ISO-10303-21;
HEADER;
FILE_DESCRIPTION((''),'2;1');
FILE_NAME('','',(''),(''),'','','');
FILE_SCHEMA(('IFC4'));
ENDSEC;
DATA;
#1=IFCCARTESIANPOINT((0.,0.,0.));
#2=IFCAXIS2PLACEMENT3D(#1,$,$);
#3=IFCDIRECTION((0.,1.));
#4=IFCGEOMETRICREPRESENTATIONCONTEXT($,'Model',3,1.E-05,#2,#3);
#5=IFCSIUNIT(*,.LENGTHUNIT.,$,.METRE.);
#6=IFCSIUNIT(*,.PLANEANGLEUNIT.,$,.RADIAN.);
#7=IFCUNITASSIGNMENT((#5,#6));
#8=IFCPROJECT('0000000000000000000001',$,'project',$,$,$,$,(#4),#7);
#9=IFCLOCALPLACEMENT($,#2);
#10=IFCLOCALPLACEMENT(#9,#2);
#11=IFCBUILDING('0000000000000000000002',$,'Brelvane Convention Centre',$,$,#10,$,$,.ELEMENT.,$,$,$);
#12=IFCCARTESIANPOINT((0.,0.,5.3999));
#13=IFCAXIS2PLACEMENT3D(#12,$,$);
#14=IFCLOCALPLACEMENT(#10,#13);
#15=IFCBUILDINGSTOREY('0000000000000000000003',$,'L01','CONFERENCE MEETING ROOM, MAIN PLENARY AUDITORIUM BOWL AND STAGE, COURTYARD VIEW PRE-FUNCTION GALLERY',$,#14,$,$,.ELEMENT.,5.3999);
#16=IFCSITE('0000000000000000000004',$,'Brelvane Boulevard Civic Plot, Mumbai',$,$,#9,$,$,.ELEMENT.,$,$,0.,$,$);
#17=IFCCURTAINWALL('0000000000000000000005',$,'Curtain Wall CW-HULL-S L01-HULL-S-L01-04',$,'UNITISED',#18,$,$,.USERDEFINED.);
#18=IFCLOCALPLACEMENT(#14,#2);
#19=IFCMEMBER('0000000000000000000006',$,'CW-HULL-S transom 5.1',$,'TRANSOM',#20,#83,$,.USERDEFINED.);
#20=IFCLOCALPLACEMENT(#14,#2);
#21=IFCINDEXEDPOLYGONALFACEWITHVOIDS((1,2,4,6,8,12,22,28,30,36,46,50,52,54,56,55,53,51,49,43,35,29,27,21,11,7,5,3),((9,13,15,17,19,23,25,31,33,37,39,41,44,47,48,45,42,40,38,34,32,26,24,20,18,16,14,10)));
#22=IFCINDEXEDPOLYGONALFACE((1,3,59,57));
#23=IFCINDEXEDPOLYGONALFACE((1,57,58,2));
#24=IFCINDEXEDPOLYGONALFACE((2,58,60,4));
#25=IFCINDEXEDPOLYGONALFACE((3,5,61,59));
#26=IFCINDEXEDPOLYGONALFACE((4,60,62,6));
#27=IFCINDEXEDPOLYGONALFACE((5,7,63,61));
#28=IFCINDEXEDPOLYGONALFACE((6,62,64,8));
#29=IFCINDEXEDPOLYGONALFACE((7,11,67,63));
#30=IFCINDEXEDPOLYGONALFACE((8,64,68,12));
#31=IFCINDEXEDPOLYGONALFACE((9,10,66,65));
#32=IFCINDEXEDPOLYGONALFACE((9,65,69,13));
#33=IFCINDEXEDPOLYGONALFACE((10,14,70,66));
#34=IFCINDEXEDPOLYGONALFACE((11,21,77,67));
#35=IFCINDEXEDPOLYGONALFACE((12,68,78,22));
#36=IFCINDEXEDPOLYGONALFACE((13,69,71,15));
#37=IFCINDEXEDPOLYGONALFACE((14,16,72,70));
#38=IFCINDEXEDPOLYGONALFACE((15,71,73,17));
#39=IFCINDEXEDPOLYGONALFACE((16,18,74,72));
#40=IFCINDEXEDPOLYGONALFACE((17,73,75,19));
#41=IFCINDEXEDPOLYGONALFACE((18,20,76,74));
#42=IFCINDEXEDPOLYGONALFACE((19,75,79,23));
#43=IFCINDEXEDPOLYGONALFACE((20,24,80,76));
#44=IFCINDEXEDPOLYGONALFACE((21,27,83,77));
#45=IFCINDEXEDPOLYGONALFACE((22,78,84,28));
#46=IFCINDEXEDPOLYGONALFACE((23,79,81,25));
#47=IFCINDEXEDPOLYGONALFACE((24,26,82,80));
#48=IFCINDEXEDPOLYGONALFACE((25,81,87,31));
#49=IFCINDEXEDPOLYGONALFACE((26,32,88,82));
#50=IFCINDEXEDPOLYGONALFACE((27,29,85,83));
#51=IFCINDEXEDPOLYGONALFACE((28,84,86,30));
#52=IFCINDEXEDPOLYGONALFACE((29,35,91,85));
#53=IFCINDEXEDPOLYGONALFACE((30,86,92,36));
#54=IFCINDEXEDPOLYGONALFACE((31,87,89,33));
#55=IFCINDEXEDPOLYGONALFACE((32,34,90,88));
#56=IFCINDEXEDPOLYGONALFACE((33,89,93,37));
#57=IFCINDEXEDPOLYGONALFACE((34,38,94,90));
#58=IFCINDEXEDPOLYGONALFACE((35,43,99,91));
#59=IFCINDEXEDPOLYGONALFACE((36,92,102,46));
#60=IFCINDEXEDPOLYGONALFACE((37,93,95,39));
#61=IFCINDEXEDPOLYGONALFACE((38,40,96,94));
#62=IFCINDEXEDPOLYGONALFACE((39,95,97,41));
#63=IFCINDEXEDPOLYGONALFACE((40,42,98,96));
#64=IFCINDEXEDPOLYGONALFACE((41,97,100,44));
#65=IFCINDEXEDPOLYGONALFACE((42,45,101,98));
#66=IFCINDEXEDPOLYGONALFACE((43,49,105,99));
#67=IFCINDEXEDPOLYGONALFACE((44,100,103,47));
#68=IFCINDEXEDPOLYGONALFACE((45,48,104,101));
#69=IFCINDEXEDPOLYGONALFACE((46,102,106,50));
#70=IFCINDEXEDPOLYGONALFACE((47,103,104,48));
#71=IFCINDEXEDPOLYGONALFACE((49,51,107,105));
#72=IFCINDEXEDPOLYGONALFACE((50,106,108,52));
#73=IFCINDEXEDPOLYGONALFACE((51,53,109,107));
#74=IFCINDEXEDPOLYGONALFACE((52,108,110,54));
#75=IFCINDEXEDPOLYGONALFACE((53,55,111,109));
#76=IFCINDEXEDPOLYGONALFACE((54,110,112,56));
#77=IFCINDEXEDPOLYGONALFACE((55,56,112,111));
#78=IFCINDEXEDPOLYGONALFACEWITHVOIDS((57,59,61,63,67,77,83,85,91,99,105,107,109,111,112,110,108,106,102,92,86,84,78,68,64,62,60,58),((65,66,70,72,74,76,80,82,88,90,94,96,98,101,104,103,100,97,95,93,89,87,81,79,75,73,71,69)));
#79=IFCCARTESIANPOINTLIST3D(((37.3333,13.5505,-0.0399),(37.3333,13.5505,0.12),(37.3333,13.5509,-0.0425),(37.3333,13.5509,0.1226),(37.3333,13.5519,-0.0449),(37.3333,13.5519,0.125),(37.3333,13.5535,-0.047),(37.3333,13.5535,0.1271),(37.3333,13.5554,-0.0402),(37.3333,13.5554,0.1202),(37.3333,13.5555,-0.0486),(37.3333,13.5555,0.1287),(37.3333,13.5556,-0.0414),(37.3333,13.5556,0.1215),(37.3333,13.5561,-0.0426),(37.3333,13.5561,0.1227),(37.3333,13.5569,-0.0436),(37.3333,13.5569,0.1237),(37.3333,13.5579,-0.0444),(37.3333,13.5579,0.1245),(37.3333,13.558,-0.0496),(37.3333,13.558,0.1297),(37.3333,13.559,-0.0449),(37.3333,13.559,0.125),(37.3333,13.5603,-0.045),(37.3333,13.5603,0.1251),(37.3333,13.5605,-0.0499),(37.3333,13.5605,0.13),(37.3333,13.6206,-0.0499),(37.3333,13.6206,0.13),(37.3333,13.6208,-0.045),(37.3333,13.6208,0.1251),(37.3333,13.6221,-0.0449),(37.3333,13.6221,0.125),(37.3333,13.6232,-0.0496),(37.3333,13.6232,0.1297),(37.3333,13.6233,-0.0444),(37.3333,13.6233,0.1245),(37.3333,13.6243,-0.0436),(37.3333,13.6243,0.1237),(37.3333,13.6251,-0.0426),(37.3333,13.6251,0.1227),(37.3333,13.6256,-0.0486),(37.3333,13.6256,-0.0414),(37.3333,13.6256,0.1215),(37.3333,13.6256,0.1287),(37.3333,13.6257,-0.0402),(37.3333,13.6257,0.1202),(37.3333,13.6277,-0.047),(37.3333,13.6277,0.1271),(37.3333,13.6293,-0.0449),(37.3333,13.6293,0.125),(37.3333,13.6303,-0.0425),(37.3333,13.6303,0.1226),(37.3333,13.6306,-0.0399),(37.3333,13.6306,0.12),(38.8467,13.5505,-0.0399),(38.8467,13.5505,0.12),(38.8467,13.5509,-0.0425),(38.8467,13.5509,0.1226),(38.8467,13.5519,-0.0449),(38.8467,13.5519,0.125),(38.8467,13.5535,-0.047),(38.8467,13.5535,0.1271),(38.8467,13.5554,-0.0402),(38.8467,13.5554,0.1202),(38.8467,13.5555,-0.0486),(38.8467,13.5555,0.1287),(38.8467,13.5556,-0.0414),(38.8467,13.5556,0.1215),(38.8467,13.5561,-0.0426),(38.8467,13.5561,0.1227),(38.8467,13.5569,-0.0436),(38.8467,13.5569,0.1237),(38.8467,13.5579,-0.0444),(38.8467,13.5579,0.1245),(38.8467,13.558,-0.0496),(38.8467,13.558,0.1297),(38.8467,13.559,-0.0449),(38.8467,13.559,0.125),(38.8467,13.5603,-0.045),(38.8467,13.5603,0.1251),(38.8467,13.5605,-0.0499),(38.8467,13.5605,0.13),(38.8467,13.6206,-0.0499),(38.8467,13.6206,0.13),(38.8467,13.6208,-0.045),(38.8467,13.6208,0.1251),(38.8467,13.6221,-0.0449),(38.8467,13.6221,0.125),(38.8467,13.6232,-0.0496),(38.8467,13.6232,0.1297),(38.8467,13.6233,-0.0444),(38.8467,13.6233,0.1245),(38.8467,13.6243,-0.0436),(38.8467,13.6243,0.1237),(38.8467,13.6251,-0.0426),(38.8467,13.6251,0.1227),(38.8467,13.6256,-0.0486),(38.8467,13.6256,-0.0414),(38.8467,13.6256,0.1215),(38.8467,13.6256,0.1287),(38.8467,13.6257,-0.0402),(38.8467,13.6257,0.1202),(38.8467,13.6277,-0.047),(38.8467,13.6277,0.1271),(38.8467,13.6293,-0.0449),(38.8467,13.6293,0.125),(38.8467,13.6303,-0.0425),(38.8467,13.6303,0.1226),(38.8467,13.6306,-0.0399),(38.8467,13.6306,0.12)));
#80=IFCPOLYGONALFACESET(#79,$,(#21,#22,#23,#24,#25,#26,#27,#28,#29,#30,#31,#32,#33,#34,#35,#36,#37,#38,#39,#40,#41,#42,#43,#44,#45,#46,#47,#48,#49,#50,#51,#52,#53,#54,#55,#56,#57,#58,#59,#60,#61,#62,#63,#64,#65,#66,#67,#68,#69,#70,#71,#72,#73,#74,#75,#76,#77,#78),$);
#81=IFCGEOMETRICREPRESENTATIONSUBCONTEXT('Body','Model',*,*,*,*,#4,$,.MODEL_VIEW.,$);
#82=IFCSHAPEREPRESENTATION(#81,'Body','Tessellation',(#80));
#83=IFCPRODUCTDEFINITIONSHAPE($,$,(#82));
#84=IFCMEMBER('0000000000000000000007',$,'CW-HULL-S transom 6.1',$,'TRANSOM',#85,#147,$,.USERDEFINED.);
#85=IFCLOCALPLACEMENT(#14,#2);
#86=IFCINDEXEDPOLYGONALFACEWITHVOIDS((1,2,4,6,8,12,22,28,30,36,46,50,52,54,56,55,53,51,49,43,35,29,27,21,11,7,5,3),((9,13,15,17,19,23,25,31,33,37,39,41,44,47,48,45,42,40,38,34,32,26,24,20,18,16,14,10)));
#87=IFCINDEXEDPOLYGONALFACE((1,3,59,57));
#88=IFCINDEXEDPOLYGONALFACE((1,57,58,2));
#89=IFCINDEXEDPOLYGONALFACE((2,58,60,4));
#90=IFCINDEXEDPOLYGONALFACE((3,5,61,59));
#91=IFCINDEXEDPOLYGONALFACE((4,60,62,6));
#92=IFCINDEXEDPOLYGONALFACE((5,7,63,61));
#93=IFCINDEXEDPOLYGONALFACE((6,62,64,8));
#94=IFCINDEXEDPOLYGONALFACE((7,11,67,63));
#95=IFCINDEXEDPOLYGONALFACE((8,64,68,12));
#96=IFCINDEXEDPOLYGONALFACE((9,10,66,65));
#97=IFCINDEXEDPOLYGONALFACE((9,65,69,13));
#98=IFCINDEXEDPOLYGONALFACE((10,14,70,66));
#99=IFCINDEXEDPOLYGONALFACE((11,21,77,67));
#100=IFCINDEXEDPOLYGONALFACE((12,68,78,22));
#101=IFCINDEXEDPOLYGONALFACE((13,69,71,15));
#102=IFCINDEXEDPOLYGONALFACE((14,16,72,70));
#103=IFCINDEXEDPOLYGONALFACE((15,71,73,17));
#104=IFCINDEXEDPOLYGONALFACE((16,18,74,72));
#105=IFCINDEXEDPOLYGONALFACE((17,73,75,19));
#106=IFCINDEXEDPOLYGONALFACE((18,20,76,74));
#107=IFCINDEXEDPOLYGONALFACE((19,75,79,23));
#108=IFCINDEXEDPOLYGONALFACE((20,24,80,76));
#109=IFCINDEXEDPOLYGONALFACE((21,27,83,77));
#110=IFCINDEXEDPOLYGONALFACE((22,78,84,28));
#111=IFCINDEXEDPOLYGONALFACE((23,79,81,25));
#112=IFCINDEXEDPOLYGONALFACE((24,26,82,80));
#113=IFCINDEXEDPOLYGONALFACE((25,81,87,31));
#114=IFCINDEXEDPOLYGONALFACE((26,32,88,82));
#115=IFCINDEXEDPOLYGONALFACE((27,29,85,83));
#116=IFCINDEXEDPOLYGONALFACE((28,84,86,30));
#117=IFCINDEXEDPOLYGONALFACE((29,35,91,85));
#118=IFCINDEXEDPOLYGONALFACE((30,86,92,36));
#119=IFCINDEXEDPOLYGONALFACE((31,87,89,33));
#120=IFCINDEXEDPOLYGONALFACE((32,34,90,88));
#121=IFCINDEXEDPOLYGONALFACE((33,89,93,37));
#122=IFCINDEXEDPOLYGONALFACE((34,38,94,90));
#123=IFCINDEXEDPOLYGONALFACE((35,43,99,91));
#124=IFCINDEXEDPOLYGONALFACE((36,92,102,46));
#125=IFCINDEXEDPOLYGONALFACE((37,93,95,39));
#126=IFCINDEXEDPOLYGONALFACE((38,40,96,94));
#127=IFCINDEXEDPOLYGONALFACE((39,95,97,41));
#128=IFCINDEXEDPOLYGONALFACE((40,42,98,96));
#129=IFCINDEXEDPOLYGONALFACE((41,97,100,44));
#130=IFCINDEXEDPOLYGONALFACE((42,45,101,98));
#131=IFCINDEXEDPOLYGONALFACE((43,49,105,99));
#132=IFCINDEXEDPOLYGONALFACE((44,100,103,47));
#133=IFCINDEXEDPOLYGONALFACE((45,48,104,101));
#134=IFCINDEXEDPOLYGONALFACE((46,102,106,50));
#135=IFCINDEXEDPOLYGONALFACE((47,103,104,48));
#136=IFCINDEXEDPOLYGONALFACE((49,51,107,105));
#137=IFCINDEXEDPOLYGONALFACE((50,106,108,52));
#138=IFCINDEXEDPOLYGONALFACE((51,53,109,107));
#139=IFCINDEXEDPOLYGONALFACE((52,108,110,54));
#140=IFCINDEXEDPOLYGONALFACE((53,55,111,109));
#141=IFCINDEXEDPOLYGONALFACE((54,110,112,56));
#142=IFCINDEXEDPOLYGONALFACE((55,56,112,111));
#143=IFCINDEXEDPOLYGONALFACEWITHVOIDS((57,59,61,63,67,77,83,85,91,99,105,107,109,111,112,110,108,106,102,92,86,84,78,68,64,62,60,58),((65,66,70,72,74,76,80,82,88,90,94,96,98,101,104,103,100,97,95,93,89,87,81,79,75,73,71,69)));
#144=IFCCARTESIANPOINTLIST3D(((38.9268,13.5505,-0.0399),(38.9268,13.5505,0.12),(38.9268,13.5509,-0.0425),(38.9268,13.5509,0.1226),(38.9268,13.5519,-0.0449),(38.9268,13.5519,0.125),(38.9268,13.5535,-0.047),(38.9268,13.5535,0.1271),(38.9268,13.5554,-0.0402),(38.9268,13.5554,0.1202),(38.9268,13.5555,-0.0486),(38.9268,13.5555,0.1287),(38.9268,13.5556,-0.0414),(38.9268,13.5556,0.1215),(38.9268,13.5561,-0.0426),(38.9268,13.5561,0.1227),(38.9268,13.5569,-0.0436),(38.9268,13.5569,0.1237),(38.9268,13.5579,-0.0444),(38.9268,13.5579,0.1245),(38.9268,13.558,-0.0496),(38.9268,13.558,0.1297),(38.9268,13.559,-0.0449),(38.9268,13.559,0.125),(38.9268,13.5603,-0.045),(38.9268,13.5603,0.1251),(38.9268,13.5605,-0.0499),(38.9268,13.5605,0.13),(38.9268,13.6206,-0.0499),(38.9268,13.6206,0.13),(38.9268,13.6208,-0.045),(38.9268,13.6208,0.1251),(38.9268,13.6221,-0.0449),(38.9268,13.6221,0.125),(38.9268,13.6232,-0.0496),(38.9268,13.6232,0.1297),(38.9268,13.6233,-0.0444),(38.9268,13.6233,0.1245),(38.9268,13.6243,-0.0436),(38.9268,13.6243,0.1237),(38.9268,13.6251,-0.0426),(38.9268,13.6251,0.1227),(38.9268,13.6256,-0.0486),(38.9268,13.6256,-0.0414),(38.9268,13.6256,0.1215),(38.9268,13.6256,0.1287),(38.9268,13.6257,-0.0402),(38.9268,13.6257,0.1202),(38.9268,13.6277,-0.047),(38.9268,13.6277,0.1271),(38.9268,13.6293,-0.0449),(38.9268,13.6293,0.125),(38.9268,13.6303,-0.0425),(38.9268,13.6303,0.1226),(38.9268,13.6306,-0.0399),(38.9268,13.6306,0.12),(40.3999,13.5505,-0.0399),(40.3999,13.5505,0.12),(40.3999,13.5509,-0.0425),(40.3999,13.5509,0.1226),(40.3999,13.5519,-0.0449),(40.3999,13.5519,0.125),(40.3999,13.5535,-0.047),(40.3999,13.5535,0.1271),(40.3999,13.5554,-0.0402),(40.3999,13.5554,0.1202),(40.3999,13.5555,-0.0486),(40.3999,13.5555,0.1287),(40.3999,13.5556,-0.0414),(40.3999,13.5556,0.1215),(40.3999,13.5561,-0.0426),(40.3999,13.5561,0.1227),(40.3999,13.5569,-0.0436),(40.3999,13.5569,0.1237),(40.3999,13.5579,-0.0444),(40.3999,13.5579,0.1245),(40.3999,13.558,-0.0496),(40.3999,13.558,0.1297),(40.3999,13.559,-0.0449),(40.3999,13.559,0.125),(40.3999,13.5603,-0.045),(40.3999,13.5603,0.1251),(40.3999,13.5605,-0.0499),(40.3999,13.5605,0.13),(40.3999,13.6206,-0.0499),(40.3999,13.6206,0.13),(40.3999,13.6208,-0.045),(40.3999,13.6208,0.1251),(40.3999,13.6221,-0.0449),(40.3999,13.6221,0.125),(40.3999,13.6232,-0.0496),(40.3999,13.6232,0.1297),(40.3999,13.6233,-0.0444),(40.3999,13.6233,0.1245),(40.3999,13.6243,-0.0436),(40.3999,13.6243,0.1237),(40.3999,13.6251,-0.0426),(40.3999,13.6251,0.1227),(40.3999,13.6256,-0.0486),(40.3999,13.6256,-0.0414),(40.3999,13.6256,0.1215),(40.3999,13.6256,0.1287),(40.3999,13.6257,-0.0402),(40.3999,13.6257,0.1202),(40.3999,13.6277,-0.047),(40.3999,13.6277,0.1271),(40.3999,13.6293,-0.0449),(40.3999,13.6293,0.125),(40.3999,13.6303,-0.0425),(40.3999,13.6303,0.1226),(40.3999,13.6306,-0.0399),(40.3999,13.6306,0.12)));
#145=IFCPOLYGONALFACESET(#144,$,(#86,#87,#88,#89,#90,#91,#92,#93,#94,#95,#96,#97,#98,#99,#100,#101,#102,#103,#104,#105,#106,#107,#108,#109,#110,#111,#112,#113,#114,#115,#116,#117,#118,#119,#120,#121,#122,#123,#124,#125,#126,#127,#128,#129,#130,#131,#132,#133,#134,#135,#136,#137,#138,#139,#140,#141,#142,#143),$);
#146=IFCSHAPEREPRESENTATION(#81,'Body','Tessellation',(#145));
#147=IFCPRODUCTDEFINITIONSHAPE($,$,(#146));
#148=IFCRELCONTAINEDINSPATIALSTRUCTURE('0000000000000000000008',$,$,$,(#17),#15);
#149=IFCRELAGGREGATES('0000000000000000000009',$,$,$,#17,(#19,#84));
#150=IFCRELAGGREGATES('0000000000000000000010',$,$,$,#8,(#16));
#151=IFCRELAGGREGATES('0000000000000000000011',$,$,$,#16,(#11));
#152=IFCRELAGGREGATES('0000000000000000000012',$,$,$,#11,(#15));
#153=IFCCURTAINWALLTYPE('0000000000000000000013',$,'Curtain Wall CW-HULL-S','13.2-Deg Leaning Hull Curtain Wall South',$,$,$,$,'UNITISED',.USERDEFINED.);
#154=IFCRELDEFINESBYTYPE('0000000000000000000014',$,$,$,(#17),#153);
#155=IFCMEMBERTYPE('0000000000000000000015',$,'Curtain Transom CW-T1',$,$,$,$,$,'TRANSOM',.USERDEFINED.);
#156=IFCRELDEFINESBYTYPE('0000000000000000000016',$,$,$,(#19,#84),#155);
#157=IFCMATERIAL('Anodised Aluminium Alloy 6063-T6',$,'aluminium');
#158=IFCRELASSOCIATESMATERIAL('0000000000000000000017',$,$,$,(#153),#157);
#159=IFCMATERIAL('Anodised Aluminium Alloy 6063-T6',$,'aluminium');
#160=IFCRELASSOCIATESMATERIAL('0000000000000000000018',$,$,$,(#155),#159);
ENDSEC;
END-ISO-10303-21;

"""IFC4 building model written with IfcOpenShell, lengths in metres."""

from ifc_helpers import new_model, si_unit, direction, frame, origin, origin_2d, place, context, subcontext, project, spatial, hollow_rectangle, extrude, material, material_profile, profile_set, type_object, element, aggregate, save


model = new_model("IFC4")

# Units and contexts
model_context = context("Model", 3, precision=1e-05, world=origin(), true_north=direction((0.0, 1.0)))
body_context = subcontext(model_context, "Body", "Model", "MODEL_VIEW")
ifc_project = project(units=[si_unit("LENGTHUNIT", "METRE"), si_unit("PLANEANGLEUNIT", "RADIAN")], contexts=[model_context])

# Site, building, storey
site_placement = place(None, origin())
site = spatial("IfcSite", under=ifc_project, at=site_placement, Name="Brelvane Boulevard Civic Plot, Mumbai", CompositionType="ELEMENT", RefElevation=0.0)
building_placement = place(site_placement, origin())
building = spatial("IfcBuilding", under=site, at=building_placement, Name="Brelvane Convention Centre", CompositionType="ELEMENT")
storey_placement = place(building_placement, frame((0.0, 0.0, 5.3999)))
storey = spatial("IfcBuildingStorey", under=building, at=storey_placement, Name="L01", Description="CONFERENCE MEETING ROOM, MAIN PLENARY AUDITORIUM BOWL AND STAGE, COURTYARD VIEW PRE-FUNCTION GALLERY", CompositionType="ELEMENT", Elevation=5.3999)

# Curtain wall
ifc_material_1 = material(Name="Anodised Aluminium Alloy 6063-T6", Category="aluminium")
curtain_wall_type = type_object("IfcCurtainWallType", Name="Curtain Wall CW-HULL-S", Description="13.2-Deg Leaning Hull Curtain Wall South", ElementType="UNITISED", PredefinedType="USERDEFINED", material=ifc_material_1)
curtain_wall_1_placement = place(storey_placement, origin())
curtain_wall_1 = element("IfcCurtainWall", 1, at=curtain_wall_1_placement, inside=storey, type_object=curtain_wall_type, Name="Curtain Wall CW-HULL-S L01-HULL-S-L01-04", ObjectType="UNITISED", PredefinedType="USERDEFINED")

# Members
ifc_material_2 = material(Name="Anodised Aluminium Alloy 6063-T6", Category="aluminium")
ifc_material_profile_1 = material_profile(ifc_material_2, hollow_rectangle(XDim=0.0801, YDim=0.1799, WallThickness=0.0049, InnerFilletRadius=0.0049, OuterFilletRadius=0.01, at=origin_2d()), Name="ALU-T 180x80x5.0")
ifc_profile_set_1 = profile_set([ifc_material_profile_1], Name="Anodised Aluminium Alloy 6063-T6")
member_type_1 = type_object("IfcMemberType", Name="Curtain Transom CW-T1", ElementType="TRANSOM", PredefinedType="USERDEFINED", material=ifc_profile_set_1)
member_1_placement = place(storey_placement, frame((37.3333, 13.5906, 0.04), z_axis=(1.0, 0.0, 0.0), x_axis=(0.0, 1.0, 0.0)))
member_1 = element("IfcMember", 2, at=member_1_placement, type_object=member_type_1, Name="CW-HULL-S transom 5.1", ObjectType="TRANSOM", PredefinedType="USERDEFINED", context=body_context, shape_type="SweptSolid", body=[
    extrude(hollow_rectangle(XDim=0.0801, YDim=0.1799, WallThickness=0.0049, InnerFilletRadius=0.0049, OuterFilletRadius=0.01, at=origin_2d()), origin(), (0.0, 0.0, 1.0), 1.5134),
])
member_2_placement = place(storey_placement, frame((38.9268, 13.5906, 0.04), z_axis=(1.0, 0.0, 0.0), x_axis=(0.0, 1.0, 0.0)))
member_2 = element("IfcMember", 3, at=member_2_placement, type_object=member_type_1, Name="CW-HULL-S transom 6.1", ObjectType="TRANSOM", PredefinedType="USERDEFINED", context=body_context, shape_type="SweptSolid", body=[
    extrude(hollow_rectangle(XDim=0.0801, YDim=0.1799, WallThickness=0.0049, InnerFilletRadius=0.0049, OuterFilletRadius=0.01, at=origin_2d()), origin(), (0.0, 0.0, 1.0), 1.4731),
])

aggregate(curtain_wall_1, [member_1, member_2])

save(model, "model.ifc")
